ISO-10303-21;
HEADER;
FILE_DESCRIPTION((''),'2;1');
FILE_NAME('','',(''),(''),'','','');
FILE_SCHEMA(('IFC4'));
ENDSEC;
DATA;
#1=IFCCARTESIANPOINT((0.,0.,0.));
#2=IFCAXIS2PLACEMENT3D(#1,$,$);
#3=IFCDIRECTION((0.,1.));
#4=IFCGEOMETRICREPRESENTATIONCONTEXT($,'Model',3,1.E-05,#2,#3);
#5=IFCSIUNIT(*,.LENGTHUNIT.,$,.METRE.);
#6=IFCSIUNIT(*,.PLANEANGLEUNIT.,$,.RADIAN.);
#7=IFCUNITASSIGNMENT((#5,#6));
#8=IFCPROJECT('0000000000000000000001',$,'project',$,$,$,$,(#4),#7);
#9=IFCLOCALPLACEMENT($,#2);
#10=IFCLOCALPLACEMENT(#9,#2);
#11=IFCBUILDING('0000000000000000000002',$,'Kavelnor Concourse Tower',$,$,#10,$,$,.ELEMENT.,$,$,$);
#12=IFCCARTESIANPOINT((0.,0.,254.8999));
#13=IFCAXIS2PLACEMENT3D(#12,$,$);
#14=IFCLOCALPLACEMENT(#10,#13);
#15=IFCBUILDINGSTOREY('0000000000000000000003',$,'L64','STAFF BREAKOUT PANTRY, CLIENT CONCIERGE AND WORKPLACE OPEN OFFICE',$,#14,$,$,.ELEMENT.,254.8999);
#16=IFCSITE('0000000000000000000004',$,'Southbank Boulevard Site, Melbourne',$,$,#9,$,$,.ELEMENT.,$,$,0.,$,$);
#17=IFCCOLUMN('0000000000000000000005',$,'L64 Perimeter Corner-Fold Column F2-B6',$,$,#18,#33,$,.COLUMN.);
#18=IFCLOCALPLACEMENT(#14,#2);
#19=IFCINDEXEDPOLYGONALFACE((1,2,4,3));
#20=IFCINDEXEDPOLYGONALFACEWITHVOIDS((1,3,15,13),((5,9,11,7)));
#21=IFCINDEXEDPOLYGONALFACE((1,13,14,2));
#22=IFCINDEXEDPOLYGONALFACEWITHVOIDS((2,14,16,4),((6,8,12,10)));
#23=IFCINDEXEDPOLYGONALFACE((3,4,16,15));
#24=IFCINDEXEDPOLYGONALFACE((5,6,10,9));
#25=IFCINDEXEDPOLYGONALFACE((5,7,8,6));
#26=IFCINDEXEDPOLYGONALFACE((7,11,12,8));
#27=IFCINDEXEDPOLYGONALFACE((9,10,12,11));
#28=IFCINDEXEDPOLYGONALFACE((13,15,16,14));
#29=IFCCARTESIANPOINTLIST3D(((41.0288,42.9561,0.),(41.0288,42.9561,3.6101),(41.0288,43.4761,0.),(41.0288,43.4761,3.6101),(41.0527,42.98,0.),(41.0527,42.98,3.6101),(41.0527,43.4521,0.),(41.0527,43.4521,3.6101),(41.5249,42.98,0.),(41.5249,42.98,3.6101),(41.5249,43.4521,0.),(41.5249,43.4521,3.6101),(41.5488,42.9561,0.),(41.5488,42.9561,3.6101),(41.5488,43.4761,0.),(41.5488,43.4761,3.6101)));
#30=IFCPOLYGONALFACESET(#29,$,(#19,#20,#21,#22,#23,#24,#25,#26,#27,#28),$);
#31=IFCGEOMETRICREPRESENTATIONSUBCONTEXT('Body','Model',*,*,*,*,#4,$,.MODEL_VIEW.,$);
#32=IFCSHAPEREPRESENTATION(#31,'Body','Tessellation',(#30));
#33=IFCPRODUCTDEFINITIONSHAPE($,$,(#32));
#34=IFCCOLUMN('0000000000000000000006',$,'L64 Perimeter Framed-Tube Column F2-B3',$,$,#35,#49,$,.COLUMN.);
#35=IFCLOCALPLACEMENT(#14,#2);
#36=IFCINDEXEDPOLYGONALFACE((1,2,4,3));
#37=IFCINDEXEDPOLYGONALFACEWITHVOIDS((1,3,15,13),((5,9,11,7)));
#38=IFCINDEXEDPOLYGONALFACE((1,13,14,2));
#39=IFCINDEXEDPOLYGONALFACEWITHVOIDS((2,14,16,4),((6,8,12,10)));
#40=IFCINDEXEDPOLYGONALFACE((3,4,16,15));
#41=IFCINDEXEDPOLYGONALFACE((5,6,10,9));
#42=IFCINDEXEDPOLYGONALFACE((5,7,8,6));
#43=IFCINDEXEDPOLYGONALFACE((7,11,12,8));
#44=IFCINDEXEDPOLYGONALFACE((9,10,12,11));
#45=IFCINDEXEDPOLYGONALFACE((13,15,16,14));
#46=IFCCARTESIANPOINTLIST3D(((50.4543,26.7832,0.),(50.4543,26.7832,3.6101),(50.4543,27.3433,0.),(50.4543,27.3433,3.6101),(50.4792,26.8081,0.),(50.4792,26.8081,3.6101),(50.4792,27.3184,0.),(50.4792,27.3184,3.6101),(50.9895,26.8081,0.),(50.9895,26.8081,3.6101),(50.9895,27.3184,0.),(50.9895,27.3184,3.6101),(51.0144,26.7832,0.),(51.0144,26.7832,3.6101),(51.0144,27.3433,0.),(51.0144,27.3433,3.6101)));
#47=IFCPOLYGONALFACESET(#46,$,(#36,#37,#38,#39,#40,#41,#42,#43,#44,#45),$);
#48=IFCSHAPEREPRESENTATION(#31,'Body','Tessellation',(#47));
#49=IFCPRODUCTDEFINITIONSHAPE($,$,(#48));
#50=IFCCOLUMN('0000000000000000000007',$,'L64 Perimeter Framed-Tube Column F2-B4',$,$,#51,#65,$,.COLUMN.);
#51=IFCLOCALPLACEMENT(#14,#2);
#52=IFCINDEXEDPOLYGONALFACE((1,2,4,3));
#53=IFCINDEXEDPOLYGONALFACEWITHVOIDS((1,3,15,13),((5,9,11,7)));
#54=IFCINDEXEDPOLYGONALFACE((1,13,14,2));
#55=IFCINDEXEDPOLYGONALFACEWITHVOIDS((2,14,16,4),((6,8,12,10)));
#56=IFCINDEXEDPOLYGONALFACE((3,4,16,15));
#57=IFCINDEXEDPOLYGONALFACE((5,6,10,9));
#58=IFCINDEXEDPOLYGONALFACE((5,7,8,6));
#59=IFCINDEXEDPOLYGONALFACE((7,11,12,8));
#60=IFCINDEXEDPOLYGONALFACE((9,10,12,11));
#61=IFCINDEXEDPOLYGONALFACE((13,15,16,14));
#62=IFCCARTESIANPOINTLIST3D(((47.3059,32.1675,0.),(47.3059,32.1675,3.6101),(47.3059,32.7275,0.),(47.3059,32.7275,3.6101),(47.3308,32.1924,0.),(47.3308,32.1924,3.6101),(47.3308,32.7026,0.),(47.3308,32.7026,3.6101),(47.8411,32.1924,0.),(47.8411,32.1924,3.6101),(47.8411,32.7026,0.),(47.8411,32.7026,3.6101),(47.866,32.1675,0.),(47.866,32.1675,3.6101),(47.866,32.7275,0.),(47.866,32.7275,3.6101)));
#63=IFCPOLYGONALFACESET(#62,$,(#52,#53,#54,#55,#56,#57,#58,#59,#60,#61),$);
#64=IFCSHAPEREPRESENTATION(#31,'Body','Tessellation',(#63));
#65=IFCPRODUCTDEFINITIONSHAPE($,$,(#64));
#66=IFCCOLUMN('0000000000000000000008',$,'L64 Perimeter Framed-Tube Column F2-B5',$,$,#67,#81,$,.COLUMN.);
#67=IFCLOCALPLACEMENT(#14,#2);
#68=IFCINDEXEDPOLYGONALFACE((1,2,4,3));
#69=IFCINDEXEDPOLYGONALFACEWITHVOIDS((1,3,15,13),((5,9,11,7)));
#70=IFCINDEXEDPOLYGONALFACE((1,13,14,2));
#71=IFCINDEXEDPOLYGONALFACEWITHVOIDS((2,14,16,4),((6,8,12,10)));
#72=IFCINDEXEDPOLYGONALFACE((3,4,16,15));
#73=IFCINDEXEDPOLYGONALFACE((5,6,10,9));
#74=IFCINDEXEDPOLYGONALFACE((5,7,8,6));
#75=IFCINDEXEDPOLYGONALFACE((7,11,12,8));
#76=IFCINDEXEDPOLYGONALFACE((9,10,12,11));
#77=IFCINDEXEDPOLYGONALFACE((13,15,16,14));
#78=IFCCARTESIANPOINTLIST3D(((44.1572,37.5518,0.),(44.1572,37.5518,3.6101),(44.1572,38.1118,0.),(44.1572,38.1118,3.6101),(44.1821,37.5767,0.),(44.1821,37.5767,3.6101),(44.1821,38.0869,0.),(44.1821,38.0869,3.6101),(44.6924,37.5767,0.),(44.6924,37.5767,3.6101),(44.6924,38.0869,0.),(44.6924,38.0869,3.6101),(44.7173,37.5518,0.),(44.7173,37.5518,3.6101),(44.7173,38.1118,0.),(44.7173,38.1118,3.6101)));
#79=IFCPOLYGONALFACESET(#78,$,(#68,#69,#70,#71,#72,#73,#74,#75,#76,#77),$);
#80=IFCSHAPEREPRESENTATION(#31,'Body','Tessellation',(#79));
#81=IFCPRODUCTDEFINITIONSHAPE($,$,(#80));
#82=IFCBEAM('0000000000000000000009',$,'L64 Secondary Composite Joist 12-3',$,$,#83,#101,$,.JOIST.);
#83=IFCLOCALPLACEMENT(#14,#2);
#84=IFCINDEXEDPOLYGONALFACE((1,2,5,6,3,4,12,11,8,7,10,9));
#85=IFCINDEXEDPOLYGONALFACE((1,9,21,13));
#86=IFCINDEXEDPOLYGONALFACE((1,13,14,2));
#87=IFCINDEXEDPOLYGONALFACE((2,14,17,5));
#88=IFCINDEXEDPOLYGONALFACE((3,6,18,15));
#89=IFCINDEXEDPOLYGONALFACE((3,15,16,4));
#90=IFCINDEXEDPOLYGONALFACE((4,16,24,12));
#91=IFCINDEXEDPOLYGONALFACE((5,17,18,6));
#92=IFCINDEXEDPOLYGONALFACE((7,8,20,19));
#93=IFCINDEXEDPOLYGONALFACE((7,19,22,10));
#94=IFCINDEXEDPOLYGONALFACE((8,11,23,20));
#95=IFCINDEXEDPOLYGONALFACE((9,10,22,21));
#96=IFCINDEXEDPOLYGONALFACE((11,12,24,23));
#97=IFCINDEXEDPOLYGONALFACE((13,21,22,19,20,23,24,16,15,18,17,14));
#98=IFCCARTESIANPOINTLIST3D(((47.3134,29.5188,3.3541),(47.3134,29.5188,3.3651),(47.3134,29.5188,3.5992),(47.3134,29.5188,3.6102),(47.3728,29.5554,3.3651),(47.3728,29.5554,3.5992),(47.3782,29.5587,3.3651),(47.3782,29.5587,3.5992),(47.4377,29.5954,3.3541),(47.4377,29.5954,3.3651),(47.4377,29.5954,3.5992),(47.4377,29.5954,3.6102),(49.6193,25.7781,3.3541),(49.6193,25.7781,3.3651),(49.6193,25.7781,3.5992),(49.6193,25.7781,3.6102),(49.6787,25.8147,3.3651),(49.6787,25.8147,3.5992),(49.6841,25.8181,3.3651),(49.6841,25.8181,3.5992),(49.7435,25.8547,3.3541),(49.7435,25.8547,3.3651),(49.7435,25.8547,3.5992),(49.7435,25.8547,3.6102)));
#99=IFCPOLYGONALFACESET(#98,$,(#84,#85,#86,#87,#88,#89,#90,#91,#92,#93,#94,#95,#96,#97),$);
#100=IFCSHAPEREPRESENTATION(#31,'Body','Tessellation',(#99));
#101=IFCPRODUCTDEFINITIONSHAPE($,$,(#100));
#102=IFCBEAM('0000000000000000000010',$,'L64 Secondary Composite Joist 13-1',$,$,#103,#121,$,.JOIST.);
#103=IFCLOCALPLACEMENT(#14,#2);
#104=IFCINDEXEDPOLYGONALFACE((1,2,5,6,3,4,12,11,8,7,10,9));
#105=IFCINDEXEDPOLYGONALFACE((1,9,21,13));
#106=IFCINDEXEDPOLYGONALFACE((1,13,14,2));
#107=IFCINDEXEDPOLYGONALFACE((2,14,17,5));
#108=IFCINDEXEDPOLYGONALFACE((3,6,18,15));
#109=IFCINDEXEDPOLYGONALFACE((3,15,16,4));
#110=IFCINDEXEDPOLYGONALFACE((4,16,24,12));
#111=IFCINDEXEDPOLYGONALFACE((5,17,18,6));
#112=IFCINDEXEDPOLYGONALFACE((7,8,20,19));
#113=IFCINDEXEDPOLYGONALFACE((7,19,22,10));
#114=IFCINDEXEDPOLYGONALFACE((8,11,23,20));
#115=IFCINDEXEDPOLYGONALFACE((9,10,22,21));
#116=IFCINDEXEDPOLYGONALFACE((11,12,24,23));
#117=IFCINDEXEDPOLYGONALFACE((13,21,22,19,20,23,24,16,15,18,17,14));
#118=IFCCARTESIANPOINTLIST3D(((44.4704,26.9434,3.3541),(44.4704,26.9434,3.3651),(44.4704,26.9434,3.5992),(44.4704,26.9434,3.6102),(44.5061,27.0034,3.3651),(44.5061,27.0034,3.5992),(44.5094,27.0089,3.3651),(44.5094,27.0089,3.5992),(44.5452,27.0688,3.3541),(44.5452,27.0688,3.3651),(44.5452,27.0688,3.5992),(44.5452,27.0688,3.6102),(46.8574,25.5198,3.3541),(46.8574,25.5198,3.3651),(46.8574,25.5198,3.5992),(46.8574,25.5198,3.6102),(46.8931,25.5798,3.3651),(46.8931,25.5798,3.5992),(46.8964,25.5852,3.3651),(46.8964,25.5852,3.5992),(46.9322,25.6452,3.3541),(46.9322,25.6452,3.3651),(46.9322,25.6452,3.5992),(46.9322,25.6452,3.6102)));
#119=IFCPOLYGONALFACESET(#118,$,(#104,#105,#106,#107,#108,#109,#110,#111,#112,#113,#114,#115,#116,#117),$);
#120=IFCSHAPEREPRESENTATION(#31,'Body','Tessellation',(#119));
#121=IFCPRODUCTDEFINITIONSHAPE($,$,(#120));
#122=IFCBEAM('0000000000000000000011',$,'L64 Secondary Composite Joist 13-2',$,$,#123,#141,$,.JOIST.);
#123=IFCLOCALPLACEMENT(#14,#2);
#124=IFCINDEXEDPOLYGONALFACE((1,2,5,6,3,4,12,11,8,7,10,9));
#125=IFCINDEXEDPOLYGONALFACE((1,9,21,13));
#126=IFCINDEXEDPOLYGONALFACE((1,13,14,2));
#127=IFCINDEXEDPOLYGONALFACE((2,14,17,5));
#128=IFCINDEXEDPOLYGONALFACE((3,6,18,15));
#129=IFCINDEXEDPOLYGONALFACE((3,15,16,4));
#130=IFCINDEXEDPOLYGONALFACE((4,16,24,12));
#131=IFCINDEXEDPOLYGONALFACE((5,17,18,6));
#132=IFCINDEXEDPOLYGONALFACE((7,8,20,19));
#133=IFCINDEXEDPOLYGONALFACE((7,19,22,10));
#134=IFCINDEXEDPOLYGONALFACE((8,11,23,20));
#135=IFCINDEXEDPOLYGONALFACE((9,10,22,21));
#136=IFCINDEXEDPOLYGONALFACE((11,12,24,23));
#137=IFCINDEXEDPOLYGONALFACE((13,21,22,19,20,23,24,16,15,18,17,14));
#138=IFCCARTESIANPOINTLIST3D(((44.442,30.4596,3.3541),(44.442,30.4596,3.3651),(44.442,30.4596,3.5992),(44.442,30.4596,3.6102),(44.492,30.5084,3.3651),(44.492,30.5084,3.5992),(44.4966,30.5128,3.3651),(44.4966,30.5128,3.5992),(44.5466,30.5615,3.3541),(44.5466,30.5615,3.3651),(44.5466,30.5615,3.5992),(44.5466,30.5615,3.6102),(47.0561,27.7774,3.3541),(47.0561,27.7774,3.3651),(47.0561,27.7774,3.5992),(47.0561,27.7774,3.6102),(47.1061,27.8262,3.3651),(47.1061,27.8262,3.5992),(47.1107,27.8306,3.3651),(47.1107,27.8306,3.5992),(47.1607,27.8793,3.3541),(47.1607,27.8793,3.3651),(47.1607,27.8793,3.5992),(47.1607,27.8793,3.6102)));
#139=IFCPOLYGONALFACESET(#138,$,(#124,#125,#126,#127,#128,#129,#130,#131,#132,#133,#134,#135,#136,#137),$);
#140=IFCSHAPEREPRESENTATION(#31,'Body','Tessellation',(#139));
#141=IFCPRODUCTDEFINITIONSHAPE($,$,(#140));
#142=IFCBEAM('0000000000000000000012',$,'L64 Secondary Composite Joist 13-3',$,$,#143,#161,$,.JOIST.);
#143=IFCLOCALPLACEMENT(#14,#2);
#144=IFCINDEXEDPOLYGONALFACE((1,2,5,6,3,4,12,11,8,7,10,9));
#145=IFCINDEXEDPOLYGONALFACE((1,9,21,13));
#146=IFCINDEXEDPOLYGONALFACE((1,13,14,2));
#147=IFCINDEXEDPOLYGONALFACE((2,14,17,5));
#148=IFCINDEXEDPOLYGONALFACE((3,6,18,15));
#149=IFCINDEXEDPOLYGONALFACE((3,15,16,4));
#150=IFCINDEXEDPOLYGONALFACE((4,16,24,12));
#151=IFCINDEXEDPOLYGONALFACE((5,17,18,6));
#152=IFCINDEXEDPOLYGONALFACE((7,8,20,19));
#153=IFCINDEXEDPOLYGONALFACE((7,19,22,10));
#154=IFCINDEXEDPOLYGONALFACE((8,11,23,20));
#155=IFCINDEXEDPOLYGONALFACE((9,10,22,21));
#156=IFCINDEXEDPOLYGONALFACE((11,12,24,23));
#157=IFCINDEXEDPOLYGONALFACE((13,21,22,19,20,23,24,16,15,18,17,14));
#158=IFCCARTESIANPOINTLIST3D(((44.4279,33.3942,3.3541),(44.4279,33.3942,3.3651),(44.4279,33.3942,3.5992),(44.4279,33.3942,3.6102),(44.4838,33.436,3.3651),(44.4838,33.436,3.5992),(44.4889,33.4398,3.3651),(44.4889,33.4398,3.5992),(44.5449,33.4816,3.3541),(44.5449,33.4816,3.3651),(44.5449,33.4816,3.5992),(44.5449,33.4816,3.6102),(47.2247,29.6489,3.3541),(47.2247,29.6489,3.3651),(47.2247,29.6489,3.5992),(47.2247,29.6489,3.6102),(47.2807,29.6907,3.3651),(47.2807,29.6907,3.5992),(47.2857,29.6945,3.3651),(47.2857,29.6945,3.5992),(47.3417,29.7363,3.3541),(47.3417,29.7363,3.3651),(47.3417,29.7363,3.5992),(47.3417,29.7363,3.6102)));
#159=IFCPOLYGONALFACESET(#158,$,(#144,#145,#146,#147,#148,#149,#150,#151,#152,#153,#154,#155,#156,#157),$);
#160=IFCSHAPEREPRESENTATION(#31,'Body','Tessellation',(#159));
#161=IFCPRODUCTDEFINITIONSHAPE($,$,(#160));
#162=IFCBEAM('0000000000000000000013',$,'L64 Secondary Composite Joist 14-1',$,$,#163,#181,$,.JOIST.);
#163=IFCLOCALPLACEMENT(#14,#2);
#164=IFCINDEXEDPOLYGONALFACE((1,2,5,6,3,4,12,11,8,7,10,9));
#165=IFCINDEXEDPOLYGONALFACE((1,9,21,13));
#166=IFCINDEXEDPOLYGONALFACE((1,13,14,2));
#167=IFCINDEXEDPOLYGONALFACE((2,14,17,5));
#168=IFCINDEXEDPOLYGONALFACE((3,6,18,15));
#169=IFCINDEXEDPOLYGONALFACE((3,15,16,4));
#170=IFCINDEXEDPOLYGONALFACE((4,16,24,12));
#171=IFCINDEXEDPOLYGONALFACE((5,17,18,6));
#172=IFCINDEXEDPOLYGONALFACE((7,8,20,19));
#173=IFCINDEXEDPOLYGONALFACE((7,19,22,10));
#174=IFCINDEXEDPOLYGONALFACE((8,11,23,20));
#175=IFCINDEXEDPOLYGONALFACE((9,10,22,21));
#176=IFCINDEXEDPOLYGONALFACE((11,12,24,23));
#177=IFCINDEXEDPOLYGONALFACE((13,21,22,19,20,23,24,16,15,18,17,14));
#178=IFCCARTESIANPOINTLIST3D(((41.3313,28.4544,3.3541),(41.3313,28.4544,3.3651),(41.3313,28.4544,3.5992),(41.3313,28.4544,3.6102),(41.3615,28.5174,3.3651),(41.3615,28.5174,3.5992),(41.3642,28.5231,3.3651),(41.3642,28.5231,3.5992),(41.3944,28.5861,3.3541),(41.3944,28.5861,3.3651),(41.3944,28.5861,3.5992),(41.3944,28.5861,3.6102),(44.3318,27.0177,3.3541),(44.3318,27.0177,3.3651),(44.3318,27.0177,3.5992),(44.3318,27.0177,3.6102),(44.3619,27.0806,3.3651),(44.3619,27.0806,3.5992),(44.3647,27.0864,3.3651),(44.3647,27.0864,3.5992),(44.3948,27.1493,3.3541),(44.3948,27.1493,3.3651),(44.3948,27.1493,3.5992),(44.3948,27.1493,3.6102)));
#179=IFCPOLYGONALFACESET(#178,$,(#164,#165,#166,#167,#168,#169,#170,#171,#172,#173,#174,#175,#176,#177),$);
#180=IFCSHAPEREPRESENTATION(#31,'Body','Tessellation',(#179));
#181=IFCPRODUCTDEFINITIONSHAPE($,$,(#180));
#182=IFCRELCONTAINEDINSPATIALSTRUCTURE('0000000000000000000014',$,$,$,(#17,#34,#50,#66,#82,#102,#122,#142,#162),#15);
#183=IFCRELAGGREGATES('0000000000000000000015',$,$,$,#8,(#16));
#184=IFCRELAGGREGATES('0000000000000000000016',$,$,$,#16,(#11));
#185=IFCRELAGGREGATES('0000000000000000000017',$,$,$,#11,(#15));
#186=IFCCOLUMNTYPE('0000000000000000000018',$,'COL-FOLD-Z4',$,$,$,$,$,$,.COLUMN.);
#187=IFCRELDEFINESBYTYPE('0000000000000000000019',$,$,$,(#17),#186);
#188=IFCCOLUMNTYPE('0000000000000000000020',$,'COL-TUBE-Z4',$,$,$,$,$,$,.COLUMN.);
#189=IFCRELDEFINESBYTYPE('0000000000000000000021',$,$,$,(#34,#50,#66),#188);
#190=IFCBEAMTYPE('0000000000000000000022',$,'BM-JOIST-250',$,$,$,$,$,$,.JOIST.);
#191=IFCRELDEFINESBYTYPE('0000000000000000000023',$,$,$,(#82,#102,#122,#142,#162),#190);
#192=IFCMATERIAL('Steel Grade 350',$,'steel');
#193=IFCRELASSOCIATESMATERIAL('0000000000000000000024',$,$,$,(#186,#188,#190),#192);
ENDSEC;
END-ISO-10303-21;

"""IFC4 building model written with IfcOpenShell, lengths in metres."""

from ifc_helpers import new_model, si_unit, direction, frame, origin, origin_2d, place, context, subcontext, project, spatial, hollow_rectangle, i_section, extrude, material, material_profile, profile_set, type_object, element, save


model = new_model("IFC4")

# Units and contexts
model_context = context("Model", 3, precision=1e-05, world=origin(), true_north=direction((0.0, 1.0)))
body_context = subcontext(model_context, "Body", "Model", "MODEL_VIEW")
ifc_project = project(units=[si_unit("LENGTHUNIT", "METRE"), si_unit("PLANEANGLEUNIT", "RADIAN")], contexts=[model_context])

# Site, building, storey
site_placement = place(None, origin())
site = spatial("IfcSite", under=ifc_project, at=site_placement, Name="Southbank Boulevard Site, Melbourne", CompositionType="ELEMENT", RefElevation=0.0)
building_placement = place(site_placement, origin())
building = spatial("IfcBuilding", under=site, at=building_placement, Name="Kavelnor Concourse Tower", CompositionType="ELEMENT")
storey_placement = place(building_placement, frame((0.0, 0.0, 254.8999)))
storey = spatial("IfcBuildingStorey", under=building, at=storey_placement, Name="L64", Description="STAFF BREAKOUT PANTRY, CLIENT CONCIERGE AND WORKPLACE OPEN OFFICE", CompositionType="ELEMENT", Elevation=254.8999)

# Columns
ifc_material_1 = material(Name="Steel Grade 350", Category="steel")
ifc_material_profile_1 = material_profile(ifc_material_1, hollow_rectangle(XDim=0.52, YDim=0.52, WallThickness=0.0239, at=origin_2d()), Name="SHS 520x520x24")
ifc_profile_set_1 = profile_set([ifc_material_profile_1], Name="Steel Grade 350")
column_type_1 = type_object("IfcColumnType", Name="COL-FOLD-Z4", PredefinedType="COLUMN", material=ifc_profile_set_1)
column_placement = place(storey_placement, frame((41.2888, 43.2161, 0.0), z_axis=(0.0, 0.0, 1.0), x_axis=(1.0, 0.0, 0.0)))
element("IfcColumn", 1, at=column_placement, inside=storey, type_object=column_type_1, Name="L64 Perimeter Corner-Fold Column F2-B6", PredefinedType="COLUMN", context=body_context, shape_type="SweptSolid", body=[
    extrude(hollow_rectangle(XDim=0.52, YDim=0.52, WallThickness=0.0239, at=origin_2d()), origin(), (0.0, 0.0, 1.0), 3.6101),
])
ifc_material_profile_2 = material_profile(ifc_material_1, hollow_rectangle(XDim=0.5601, YDim=0.5601, WallThickness=0.0249, at=origin_2d()), Name="SHS 560x560x25")
ifc_profile_set_2 = profile_set([ifc_material_profile_2], Name="Steel Grade 350")
column_type_2 = type_object("IfcColumnType", Name="COL-TUBE-Z4", PredefinedType="COLUMN", material=ifc_profile_set_2)
for number, where, z_axis, x_axis, name in (
    (2, (50.7344, 27.0632, 0.0), (0.0, 0.0, 1.0), (1.0, 0.0, 0.0), "L64 Perimeter Framed-Tube Column F2-B3"),
    (3, (47.5859, 32.4475, 0.0), (0.0, 0.0, 1.0), (1.0, 0.0, 0.0), "L64 Perimeter Framed-Tube Column F2-B4"),
    (4, (44.4373, 37.8318, 0.0), (0.0, 0.0, 1.0), (1.0, 0.0, 0.0), "L64 Perimeter Framed-Tube Column F2-B5"),
):
    element("IfcColumn", number, at=place(storey_placement, frame(where, z_axis=z_axis, x_axis=x_axis)), inside=storey, type_object=column_type_2, Name=name, PredefinedType="COLUMN", context=body_context, shape_type="SweptSolid", body=[
        extrude(hollow_rectangle(XDim=0.5601, YDim=0.5601, WallThickness=0.0249, at=origin_2d()), origin(), (0.0, 0.0, 1.0), 3.6101),
    ])

# Beams
ifc_material_profile_3 = material_profile(ifc_material_1, i_section(OverallWidth=0.146, OverallDepth=0.2561, WebThickness=0.0063, FlangeThickness=0.011, at=origin_2d()), Name="250UB37")
ifc_profile_set_3 = profile_set([ifc_material_profile_3], Name="Steel Grade 350")
beam_type_1 = type_object("IfcBeamType", Name="BM-JOIST-250", PredefinedType="JOIST", material=ifc_profile_set_3)
beam_1_placement = place(storey_placement, frame((49.6814, 25.8164, 3.4822), z_axis=(-0.524745, 0.851259, 0.0), x_axis=(-0.851259, -0.524745, 0.0)))
element("IfcBeam", 5, at=beam_1_placement, inside=storey, type_object=beam_type_1, Name="L64 Secondary Composite Joist 12-3", PredefinedType="JOIST", context=body_context, shape_type="SweptSolid", body=[
    extrude(i_section(OverallWidth=0.146, OverallDepth=0.2561, WebThickness=0.0063, FlangeThickness=0.011, at=origin_2d()), origin(), (0.0, 0.0, 1.0), 4.3943),
])
beam_2_placement = place(storey_placement, frame((46.8948, 25.5825, 3.4822), z_axis=(-0.858854, 0.51222, 0.0), x_axis=(-0.51222, -0.858854, 0.0)))
element("IfcBeam", 6, at=beam_2_placement, inside=storey, type_object=beam_type_1, Name="L64 Secondary Composite Joist 13-1", PredefinedType="JOIST", context=body_context, shape_type="SweptSolid", body=[
    extrude(i_section(OverallWidth=0.146, OverallDepth=0.2561, WebThickness=0.0063, FlangeThickness=0.011, at=origin_2d()), origin(), (0.0, 0.0, 1.0), 2.7793),
])
beam_3_placement = place(storey_placement, frame((47.1084, 27.8284, 3.4822), z_axis=(-0.697955, 0.716142, 0.0), x_axis=(-0.716142, -0.697955, 0.0)))
element("IfcBeam", 7, at=beam_3_placement, inside=storey, type_object=beam_type_1, Name="L64 Secondary Composite Joist 13-2", PredefinedType="JOIST", context=body_context, shape_type="SweptSolid", body=[
    extrude(i_section(OverallWidth=0.146, OverallDepth=0.2561, WebThickness=0.0063, FlangeThickness=0.011, at=origin_2d()), origin(), (0.0, 0.0, 1.0), 3.7454),
])
beam_4_placement = place(storey_placement, frame((47.2832, 29.6926, 3.4822), z_axis=(-0.598336, 0.801246, 0.0), x_axis=(-0.801246, -0.598336, 0.0)))
element("IfcBeam", 8, at=beam_4_placement, inside=storey, type_object=beam_type_1, Name="L64 Secondary Composite Joist 13-3", PredefinedType="JOIST", context=body_context, shape_type="SweptSolid", body=[
    extrude(i_section(OverallWidth=0.146, OverallDepth=0.2561, WebThickness=0.0063, FlangeThickness=0.011, at=origin_2d()), origin(), (0.0, 0.0, 1.0), 4.6743),
])
beam_5_placement = place(storey_placement, frame((44.3633, 27.0835, 3.4822), z_axis=(-0.901929, 0.431884, 0.0), x_axis=(-0.431884, -0.901929, 0.0)))
element("IfcBeam", 9, at=beam_5_placement, inside=storey, type_object=beam_type_1, Name="L64 Secondary Composite Joist 14-1", PredefinedType="JOIST", context=body_context, shape_type="SweptSolid", body=[
    extrude(i_section(OverallWidth=0.146, OverallDepth=0.2561, WebThickness=0.0063, FlangeThickness=0.011, at=origin_2d()), origin(), (0.0, 0.0, 1.0), 3.3267),
])

save(model, "model.ifc")
